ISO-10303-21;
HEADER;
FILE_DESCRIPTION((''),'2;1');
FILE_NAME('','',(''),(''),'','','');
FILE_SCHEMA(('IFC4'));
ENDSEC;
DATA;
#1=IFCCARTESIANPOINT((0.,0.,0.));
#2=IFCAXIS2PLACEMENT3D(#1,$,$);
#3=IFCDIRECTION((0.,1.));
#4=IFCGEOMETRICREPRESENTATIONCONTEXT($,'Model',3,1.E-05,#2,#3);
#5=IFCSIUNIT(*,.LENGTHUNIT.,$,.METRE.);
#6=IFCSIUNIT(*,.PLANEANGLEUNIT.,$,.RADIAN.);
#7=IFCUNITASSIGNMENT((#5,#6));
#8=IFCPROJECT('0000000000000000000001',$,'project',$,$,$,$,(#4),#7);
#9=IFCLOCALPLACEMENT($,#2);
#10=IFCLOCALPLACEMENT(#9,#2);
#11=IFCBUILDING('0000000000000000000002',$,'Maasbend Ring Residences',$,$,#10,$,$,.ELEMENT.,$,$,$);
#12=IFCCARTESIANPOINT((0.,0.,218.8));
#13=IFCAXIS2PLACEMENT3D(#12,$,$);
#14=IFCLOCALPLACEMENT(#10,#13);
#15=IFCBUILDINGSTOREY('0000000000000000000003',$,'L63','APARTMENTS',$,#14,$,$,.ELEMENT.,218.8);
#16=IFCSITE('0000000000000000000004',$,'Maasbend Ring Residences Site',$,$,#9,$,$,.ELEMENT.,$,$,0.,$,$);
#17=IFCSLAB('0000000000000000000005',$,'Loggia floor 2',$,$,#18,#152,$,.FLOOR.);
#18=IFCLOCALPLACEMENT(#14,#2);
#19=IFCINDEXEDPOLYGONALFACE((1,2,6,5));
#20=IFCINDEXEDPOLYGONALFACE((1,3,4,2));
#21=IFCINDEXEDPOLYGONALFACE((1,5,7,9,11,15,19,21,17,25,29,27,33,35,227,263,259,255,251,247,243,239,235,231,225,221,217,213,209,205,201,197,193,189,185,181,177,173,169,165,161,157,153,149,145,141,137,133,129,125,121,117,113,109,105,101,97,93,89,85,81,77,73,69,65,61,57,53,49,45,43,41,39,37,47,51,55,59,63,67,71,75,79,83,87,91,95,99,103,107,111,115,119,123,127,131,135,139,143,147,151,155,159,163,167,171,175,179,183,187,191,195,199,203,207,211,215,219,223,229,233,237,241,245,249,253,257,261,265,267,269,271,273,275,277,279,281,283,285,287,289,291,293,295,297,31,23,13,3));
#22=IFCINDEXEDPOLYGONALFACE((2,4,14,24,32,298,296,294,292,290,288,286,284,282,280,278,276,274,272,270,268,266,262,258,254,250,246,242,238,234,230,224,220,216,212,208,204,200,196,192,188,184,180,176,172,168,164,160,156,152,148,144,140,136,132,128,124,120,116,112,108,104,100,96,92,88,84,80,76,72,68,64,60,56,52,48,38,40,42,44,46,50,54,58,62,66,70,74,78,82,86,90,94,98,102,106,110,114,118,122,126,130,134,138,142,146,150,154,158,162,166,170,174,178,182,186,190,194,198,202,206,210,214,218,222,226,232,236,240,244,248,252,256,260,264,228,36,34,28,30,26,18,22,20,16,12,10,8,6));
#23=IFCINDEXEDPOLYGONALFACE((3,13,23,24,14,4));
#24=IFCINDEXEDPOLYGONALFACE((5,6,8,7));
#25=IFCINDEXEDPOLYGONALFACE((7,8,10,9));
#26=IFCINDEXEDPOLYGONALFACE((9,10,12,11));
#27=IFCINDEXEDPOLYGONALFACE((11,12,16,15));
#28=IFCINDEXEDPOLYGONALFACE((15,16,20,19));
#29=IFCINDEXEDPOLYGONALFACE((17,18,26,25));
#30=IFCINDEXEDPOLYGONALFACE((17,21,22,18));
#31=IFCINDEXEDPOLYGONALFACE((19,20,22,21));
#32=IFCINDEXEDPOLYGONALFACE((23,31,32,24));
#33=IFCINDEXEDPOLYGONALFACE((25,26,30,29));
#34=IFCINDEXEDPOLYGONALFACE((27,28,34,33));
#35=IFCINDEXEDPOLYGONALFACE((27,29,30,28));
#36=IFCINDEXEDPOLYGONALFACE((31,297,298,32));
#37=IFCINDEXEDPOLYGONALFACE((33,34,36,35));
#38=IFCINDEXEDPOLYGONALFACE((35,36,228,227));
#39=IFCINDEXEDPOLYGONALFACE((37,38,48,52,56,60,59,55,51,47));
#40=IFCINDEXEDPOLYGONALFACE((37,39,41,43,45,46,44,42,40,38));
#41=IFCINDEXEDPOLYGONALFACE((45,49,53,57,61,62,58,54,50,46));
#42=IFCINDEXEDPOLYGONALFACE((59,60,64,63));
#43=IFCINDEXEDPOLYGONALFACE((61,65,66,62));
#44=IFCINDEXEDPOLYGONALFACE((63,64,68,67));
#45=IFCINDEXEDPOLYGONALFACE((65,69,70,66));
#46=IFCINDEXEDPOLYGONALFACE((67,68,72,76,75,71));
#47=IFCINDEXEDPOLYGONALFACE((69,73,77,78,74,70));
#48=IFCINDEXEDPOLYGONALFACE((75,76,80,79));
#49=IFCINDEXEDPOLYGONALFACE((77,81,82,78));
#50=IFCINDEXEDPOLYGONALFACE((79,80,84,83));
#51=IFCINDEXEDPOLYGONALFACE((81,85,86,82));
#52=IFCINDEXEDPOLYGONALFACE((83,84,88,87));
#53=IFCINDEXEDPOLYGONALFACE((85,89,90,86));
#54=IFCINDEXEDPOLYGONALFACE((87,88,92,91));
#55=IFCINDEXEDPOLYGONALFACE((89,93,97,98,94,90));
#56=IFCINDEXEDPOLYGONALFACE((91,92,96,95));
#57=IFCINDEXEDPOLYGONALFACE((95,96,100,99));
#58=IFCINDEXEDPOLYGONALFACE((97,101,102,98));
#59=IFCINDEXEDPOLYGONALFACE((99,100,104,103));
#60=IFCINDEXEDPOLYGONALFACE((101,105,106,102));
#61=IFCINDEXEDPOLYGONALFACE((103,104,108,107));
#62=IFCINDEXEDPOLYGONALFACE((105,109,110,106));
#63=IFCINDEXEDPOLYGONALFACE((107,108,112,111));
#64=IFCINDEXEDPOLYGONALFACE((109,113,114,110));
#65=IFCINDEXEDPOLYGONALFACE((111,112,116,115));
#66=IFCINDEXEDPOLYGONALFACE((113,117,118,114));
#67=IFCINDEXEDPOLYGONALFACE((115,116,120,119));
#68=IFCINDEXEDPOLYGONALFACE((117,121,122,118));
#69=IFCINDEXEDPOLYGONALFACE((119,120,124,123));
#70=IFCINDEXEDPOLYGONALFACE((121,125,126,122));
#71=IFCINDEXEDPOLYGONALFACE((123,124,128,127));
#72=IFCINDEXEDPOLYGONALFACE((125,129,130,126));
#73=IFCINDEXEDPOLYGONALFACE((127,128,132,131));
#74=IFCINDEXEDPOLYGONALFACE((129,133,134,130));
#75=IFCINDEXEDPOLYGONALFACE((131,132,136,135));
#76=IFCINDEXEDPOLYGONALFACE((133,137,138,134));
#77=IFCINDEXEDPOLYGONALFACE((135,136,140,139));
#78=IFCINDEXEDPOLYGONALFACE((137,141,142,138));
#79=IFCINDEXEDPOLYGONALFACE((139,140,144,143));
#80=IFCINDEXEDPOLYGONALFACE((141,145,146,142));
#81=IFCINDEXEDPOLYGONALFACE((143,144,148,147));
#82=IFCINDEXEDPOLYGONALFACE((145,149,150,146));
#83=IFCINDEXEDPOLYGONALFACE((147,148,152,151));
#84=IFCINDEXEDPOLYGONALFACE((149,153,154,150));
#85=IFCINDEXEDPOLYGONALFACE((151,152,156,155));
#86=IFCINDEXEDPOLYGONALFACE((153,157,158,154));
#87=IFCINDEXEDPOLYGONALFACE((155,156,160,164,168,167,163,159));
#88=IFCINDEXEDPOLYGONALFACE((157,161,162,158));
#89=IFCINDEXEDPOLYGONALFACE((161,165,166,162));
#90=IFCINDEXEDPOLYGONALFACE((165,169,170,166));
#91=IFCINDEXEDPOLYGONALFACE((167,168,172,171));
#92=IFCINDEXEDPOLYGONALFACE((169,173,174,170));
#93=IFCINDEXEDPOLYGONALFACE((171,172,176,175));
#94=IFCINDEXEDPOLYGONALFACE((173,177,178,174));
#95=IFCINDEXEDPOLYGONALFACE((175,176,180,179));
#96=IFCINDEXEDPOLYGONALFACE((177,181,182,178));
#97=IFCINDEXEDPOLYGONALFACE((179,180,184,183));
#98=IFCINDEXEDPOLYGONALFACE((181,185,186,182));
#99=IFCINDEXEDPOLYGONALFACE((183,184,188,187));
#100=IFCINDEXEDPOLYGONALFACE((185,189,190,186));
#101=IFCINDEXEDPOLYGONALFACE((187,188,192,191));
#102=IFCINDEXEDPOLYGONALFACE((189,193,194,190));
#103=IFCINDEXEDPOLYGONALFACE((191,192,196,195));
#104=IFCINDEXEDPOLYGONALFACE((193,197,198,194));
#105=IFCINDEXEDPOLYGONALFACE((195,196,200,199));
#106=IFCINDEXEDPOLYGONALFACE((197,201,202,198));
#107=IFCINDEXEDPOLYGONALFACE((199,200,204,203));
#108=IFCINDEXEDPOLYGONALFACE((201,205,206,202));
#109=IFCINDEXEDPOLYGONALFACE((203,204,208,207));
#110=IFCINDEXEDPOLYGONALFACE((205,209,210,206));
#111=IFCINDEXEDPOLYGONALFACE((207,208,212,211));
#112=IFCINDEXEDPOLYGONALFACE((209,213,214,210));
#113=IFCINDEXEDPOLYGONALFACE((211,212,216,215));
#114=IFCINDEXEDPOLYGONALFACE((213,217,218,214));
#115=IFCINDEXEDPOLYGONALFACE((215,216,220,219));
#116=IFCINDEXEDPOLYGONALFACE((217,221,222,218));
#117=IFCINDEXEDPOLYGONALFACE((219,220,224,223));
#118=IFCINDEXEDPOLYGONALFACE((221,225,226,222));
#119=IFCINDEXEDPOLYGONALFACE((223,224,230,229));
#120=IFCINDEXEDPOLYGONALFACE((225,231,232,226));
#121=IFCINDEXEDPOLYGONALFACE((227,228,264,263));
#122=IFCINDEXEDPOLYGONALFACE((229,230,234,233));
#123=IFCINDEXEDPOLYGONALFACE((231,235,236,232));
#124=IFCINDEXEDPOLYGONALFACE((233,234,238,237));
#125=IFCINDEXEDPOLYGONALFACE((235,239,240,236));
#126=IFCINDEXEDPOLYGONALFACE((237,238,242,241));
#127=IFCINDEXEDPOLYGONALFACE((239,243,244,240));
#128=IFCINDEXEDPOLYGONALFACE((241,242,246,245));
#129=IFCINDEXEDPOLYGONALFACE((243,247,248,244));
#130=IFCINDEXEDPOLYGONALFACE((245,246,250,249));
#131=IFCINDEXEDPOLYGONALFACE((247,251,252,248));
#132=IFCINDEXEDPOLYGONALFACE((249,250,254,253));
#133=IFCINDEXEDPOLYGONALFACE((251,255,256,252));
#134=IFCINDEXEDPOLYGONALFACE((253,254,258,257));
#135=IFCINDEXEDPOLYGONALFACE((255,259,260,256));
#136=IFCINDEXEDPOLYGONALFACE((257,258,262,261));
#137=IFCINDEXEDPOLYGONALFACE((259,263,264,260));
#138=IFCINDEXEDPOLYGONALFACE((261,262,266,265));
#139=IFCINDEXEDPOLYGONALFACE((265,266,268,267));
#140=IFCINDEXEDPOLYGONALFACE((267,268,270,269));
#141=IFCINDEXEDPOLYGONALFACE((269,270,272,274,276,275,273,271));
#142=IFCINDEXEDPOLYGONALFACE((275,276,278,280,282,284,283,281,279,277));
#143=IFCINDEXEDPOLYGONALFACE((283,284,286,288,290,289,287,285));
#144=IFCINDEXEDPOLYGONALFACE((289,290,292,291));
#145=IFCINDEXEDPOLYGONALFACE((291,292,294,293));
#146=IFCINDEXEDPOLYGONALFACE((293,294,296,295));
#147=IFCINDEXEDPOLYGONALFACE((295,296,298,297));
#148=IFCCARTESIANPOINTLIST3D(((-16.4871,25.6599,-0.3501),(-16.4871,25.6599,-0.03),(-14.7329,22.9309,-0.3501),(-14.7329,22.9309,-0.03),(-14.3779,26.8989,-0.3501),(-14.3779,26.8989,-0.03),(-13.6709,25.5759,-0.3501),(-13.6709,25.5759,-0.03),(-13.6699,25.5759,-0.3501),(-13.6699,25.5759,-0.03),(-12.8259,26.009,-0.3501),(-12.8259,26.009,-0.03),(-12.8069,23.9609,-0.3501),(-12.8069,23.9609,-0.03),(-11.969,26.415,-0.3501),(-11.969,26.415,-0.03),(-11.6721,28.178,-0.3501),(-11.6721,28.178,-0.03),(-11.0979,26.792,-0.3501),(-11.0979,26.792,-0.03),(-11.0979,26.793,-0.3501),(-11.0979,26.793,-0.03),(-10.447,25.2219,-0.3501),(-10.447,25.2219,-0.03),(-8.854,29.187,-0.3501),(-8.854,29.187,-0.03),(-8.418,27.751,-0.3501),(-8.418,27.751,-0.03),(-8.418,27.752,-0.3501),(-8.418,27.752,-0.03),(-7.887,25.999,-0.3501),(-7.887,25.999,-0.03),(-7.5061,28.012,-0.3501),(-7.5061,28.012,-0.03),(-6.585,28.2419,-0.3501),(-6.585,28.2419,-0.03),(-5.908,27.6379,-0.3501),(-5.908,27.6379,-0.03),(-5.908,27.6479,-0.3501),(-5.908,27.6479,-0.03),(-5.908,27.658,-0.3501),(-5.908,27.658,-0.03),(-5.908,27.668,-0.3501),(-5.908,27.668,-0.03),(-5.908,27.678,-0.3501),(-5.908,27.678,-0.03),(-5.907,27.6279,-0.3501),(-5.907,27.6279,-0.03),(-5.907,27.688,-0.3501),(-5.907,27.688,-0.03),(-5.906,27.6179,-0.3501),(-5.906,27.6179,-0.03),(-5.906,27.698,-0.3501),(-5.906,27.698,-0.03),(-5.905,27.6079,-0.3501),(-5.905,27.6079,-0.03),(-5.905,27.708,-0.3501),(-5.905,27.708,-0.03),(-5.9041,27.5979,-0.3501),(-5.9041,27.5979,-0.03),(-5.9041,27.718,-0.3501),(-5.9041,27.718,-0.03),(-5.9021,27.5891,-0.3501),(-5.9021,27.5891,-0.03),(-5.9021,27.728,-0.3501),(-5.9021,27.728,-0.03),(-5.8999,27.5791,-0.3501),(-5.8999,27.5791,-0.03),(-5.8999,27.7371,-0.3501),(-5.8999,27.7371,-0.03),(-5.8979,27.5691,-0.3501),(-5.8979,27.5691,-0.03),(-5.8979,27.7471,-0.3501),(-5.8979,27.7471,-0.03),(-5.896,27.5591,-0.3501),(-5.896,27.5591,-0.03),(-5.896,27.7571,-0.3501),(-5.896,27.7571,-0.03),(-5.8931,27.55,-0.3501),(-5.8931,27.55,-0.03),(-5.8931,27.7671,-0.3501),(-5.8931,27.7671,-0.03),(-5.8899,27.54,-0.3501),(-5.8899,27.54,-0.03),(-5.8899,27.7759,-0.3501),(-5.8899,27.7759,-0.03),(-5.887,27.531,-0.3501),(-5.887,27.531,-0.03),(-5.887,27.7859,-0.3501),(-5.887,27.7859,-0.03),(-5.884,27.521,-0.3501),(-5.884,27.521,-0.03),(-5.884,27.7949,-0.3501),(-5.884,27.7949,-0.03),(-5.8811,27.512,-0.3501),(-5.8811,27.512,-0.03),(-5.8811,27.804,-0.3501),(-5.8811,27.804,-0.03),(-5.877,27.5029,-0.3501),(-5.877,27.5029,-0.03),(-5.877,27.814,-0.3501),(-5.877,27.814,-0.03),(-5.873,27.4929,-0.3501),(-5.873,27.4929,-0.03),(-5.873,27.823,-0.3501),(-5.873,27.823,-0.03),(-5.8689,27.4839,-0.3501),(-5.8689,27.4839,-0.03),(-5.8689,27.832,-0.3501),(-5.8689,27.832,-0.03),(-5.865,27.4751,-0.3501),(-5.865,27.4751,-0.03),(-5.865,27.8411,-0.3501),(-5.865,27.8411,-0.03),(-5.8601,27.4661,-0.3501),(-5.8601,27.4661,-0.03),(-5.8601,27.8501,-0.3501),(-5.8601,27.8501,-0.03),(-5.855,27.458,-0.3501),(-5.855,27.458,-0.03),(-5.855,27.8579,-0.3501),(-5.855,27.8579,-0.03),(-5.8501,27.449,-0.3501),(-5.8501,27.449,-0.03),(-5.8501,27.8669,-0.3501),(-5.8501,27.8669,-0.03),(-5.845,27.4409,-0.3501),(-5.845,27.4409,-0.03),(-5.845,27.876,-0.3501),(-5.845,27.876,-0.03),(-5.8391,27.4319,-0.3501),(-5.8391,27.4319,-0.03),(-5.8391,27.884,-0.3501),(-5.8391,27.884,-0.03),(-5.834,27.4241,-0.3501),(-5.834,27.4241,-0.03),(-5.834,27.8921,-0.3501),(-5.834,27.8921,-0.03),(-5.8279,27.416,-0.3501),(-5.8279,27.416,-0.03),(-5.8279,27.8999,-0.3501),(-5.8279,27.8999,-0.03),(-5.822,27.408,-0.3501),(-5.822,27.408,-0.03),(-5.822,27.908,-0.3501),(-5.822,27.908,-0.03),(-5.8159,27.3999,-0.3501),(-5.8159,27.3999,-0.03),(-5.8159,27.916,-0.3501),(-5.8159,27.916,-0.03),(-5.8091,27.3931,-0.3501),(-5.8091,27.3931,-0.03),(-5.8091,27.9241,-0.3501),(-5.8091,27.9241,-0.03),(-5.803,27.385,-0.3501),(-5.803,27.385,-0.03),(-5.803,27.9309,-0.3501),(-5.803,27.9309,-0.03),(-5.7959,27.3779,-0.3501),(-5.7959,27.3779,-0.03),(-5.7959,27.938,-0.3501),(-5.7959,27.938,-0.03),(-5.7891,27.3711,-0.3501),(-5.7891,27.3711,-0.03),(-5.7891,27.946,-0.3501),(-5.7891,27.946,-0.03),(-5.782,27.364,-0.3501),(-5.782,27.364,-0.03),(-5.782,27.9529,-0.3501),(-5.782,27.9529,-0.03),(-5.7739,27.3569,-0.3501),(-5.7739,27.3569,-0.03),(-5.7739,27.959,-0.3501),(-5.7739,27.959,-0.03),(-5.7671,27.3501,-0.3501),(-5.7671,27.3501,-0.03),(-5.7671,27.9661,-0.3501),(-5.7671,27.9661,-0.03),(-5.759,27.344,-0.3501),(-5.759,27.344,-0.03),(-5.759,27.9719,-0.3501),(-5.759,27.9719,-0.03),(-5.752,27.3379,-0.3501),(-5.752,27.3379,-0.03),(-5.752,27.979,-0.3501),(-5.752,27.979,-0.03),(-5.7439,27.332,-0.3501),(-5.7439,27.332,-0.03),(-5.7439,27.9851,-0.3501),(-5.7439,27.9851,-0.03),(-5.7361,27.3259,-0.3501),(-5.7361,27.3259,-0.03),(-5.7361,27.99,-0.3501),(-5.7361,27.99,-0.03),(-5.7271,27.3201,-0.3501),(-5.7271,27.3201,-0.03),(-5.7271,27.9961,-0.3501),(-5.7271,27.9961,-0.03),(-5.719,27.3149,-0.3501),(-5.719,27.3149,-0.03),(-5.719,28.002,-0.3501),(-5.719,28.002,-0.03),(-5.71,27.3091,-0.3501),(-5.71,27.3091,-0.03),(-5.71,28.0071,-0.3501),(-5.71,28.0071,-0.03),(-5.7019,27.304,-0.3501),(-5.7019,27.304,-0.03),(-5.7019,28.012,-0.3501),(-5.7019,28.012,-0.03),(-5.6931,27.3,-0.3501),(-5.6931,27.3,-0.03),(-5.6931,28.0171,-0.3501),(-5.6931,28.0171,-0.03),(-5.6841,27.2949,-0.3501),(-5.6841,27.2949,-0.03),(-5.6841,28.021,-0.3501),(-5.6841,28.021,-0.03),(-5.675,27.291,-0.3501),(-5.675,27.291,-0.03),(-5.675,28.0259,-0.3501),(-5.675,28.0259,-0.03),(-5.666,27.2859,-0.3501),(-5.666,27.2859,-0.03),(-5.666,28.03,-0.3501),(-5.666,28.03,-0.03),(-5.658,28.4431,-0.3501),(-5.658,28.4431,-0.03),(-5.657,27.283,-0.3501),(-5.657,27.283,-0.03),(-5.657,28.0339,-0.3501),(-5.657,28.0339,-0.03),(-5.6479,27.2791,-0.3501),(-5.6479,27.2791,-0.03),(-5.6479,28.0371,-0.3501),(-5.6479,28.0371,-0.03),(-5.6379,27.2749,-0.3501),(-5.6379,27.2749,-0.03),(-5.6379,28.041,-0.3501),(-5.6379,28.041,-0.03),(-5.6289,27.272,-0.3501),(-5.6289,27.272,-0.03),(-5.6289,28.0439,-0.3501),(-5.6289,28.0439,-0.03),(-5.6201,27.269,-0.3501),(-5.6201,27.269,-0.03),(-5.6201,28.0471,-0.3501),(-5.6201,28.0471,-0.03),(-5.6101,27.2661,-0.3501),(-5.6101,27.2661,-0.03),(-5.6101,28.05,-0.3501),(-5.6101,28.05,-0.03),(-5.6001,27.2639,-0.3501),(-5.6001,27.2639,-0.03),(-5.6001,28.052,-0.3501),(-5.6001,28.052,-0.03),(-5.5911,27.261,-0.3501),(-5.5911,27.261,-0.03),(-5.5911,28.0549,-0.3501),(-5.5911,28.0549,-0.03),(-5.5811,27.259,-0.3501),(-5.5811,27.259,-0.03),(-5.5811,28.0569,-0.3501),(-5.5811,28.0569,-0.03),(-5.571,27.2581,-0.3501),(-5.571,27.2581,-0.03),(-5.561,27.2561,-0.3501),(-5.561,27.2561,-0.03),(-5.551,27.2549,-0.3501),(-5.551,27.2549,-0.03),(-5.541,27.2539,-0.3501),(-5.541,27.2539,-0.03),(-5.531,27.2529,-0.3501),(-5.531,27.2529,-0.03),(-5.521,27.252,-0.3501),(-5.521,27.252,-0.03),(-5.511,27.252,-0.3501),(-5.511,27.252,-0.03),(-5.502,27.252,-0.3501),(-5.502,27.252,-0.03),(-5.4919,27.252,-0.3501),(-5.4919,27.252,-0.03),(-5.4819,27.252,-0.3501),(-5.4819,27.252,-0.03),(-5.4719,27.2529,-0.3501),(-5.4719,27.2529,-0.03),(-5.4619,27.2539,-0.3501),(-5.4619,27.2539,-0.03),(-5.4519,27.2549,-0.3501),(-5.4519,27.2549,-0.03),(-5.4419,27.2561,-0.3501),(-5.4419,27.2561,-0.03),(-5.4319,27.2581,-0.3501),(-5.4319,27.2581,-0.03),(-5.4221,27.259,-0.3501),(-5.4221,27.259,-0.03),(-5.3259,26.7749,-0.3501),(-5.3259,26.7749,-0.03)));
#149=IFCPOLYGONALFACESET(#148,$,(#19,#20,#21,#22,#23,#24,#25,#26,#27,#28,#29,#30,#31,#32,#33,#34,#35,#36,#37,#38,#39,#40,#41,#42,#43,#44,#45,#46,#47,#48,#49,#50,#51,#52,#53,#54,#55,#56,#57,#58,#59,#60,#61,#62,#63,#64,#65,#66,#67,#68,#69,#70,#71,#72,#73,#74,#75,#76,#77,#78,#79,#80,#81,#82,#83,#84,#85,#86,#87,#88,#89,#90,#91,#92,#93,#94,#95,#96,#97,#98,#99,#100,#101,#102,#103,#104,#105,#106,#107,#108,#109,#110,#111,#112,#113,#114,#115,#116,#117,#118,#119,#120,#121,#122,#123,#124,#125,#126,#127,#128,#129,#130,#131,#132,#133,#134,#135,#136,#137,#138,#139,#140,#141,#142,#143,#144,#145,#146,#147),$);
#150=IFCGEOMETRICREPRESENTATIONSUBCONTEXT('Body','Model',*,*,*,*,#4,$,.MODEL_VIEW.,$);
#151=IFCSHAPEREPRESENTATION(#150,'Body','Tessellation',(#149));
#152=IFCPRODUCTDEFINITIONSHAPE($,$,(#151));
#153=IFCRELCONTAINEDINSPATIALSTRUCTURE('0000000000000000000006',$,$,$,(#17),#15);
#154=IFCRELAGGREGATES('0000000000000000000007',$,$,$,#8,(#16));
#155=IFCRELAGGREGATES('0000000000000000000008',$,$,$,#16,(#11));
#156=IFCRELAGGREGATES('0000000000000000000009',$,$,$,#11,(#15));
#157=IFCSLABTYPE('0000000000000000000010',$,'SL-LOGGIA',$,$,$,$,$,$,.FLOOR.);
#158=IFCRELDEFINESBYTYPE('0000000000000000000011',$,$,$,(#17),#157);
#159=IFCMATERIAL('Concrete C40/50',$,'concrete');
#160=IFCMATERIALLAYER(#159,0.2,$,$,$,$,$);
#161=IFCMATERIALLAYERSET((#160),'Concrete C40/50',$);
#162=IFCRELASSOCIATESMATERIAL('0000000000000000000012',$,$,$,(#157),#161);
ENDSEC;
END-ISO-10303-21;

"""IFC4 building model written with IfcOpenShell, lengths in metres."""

from ifc_helpers import new_model, si_unit, direction, frame, origin, place, context, subcontext, project, spatial, polyline, outline, extrude, material, layer, layer_set, type_object, element, save


model = new_model("IFC4")

# Units and contexts
model_context = context("Model", 3, precision=1e-05, world=origin(), true_north=direction((0.0, 1.0)))
body_context = subcontext(model_context, "Body", "Model", "MODEL_VIEW")
ifc_project = project(units=[si_unit("LENGTHUNIT", "METRE"), si_unit("PLANEANGLEUNIT", "RADIAN")], contexts=[model_context])

# Site, building, storey
site_placement = place(None, origin())
site = spatial("IfcSite", under=ifc_project, at=site_placement, Name="Maasbend Ring Residences Site", CompositionType="ELEMENT", RefElevation=0.0)
building_placement = place(site_placement, origin())
building = spatial("IfcBuilding", under=site, at=building_placement, Name="Maasbend Ring Residences", CompositionType="ELEMENT")
storey_placement = place(building_placement, frame((0.0, 0.0, 218.8)))
storey = spatial("IfcBuildingStorey", under=building, at=storey_placement, Name="L63", Description="APARTMENTS", CompositionType="ELEMENT", Elevation=218.8)

# Slab
ifc_material_1 = material(Name="Concrete C40/50", Category="concrete")
ifc_layer_1 = layer(ifc_material_1, 0.2)
ifc_layer_set_1 = layer_set([ifc_layer_1], Name="Concrete C40/50")
slab_type_1 = type_object("IfcSlabType", Name="SL-LOGGIA", PredefinedType="FLOOR", material=ifc_layer_set_1)
slab_1_placement = place(storey_placement, frame((0.0, 0.0, -0.3501)))
element("IfcSlab", 1, at=slab_1_placement, inside=storey, type_object=slab_type_1, Name="Loggia floor 2", PredefinedType="FLOOR", context=body_context, shape_type="SweptSolid", body=[
    extrude(outline(polyline([(-13.6709, 25.5759), (-13.6709, 25.5759), (-13.6709, 25.5759), (-13.6709, 25.5759), (-13.6709, 25.5759), (-13.6709, 25.5759), (-13.6709, 25.5759), (-13.6699, 25.5759), (-13.6699, 25.5759), (-13.6699, 25.5759), (-13.6699, 25.5759), (-13.6699, 25.5759), (-13.6699, 25.5759), (-13.6699, 25.5759), (-13.6699, 25.5759), (-13.6699, 25.5759), (-13.6699, 25.5759), (-12.8259, 26.009), (-12.8259, 26.009), (-11.969, 26.415), (-11.969, 26.415), (-11.0979, 26.792), (-11.0979, 26.792), (-11.0979, 26.792), (-11.0979, 26.792), (-11.0979, 26.792), (-11.0979, 26.792), (-11.0979, 26.792), (-11.0979, 26.793), (-11.0979, 26.793), (-11.0979, 26.793), (-11.0979, 26.793), (-11.0979, 26.793), (-11.0979, 26.793), (-11.0979, 26.793), (-11.0979, 26.793), (-11.0979, 26.793), (-11.0979, 26.793), (-11.6721, 28.178), (-11.6721, 28.178), (-11.6721, 28.178), (-8.854, 29.187), (-8.854, 29.187), (-8.854, 29.187), (-8.418, 27.752), (-8.418, 27.752), (-8.418, 27.752), (-8.418, 27.752), (-8.418, 27.752), (-8.418, 27.752), (-8.418, 27.752), (-8.418, 27.751), (-8.418, 27.751), (-8.418, 27.751), (-8.418, 27.751), (-8.418, 27.751), (-8.418, 27.751), (-8.418, 27.751), (-8.418, 27.751), (-8.418, 27.751), (-8.418, 27.751), (-7.5061, 28.012), (-7.5061, 28.012), (-6.585, 28.2419), (-6.585, 28.2419), (-5.658, 28.4431), (-5.658, 28.4431), (-5.658, 28.4431), (-5.5811, 28.0569), (-5.5911, 28.0549), (-5.6001, 28.052), (-5.6101, 28.05), (-5.6201, 28.0471), (-5.6289, 28.0439), (-5.6379, 28.041), (-5.6479, 28.0371), (-5.657, 28.0339), (-5.666, 28.03), (-5.675, 28.0259), (-5.6841, 28.021), (-5.6931, 28.0171), (-5.7019, 28.012), (-5.71, 28.0071), (-5.719, 28.002), (-5.7271, 27.9961), (-5.7361, 27.99), (-5.7439, 27.9851), (-5.752, 27.979), (-5.759, 27.9719), (-5.7671, 27.9661), (-5.7739, 27.959), (-5.782, 27.9529), (-5.7891, 27.946), (-5.7959, 27.938), (-5.803, 27.9309), (-5.8091, 27.9241), (-5.8159, 27.916), (-5.822, 27.908), (-5.8279, 27.8999), (-5.834, 27.8921), (-5.8391, 27.884), (-5.845, 27.876), (-5.8501, 27.8669), (-5.855, 27.8579), (-5.8601, 27.8501), (-5.865, 27.8411), (-5.8689, 27.832), (-5.873, 27.823), (-5.877, 27.814), (-5.8811, 27.804), (-5.884, 27.7949), (-5.887, 27.7859), (-5.8899, 27.7759), (-5.8931, 27.7671), (-5.896, 27.7571), (-5.8979, 27.7471), (-5.8999, 27.7371), (-5.9021, 27.728), (-5.9041, 27.718), (-5.905, 27.708), (-5.906, 27.698), (-5.907, 27.688), (-5.908, 27.678), (-5.908, 27.668), (-5.908, 27.658), (-5.908, 27.6479), (-5.908, 27.6379), (-5.907, 27.6279), (-5.906, 27.6179), (-5.905, 27.6079), (-5.9041, 27.5979), (-5.9021, 27.5891), (-5.8999, 27.5791), (-5.8979, 27.5691), (-5.896, 27.5591), (-5.8931, 27.55), (-5.8899, 27.54), (-5.887, 27.531), (-5.884, 27.521), (-5.8811, 27.512), (-5.877, 27.5029), (-5.873, 27.4929), (-5.8689, 27.4839), (-5.865, 27.4751), (-5.8601, 27.4661), (-5.855, 27.458), (-5.8501, 27.449), (-5.845, 27.4409), (-5.8391, 27.4319), (-5.834, 27.4241), (-5.8279, 27.416), (-5.822, 27.408), (-5.8159, 27.3999), (-5.8091, 27.3931), (-5.803, 27.385), (-5.7959, 27.3779), (-5.7891, 27.3711), (-5.782, 27.364), (-5.7739, 27.3569), (-5.7671, 27.3501), (-5.759, 27.344), (-5.752, 27.3379), (-5.7439, 27.332), (-5.7361, 27.3259), (-5.7271, 27.3201), (-5.719, 27.3149), (-5.71, 27.3091), (-5.7019, 27.304), (-5.6931, 27.3), (-5.6841, 27.2949), (-5.675, 27.291), (-5.666, 27.2859), (-5.657, 27.283), (-5.6479, 27.2791), (-5.6379, 27.2749), (-5.6289, 27.272), (-5.6201, 27.269), (-5.6101, 27.2661), (-5.6001, 27.2639), (-5.5911, 27.261), (-5.5811, 27.259), (-5.571, 27.2581), (-5.561, 27.2561), (-5.551, 27.2549), (-5.541, 27.2539), (-5.531, 27.2529), (-5.521, 27.252), (-5.511, 27.252), (-5.502, 27.252), (-5.4919, 27.252), (-5.4819, 27.252), (-5.4719, 27.2529), (-5.4619, 27.2539), (-5.4519, 27.2549), (-5.4419, 27.2561), (-5.4319, 27.2581), (-5.4221, 27.259), (-5.3259, 26.7749), (-5.3259, 26.7749), (-5.3259, 26.7749), (-7.887, 25.999), (-10.447, 25.2219), (-10.447, 25.2219), (-10.447, 25.2219), (-12.8069, 23.9609), (-14.7329, 22.9309), (-14.7329, 22.9309), (-14.7329, 22.9309), (-16.4871, 25.6599), (-16.4871, 25.6599), (-16.4871, 25.6599), (-14.3779, 26.8989), (-14.3779, 26.8989), (-14.3779, 26.8989), (-13.6709, 25.5759)])), origin(), (0.0, 0.0, 1.0), 0.3201),
])

save(model, "model.ifc")
